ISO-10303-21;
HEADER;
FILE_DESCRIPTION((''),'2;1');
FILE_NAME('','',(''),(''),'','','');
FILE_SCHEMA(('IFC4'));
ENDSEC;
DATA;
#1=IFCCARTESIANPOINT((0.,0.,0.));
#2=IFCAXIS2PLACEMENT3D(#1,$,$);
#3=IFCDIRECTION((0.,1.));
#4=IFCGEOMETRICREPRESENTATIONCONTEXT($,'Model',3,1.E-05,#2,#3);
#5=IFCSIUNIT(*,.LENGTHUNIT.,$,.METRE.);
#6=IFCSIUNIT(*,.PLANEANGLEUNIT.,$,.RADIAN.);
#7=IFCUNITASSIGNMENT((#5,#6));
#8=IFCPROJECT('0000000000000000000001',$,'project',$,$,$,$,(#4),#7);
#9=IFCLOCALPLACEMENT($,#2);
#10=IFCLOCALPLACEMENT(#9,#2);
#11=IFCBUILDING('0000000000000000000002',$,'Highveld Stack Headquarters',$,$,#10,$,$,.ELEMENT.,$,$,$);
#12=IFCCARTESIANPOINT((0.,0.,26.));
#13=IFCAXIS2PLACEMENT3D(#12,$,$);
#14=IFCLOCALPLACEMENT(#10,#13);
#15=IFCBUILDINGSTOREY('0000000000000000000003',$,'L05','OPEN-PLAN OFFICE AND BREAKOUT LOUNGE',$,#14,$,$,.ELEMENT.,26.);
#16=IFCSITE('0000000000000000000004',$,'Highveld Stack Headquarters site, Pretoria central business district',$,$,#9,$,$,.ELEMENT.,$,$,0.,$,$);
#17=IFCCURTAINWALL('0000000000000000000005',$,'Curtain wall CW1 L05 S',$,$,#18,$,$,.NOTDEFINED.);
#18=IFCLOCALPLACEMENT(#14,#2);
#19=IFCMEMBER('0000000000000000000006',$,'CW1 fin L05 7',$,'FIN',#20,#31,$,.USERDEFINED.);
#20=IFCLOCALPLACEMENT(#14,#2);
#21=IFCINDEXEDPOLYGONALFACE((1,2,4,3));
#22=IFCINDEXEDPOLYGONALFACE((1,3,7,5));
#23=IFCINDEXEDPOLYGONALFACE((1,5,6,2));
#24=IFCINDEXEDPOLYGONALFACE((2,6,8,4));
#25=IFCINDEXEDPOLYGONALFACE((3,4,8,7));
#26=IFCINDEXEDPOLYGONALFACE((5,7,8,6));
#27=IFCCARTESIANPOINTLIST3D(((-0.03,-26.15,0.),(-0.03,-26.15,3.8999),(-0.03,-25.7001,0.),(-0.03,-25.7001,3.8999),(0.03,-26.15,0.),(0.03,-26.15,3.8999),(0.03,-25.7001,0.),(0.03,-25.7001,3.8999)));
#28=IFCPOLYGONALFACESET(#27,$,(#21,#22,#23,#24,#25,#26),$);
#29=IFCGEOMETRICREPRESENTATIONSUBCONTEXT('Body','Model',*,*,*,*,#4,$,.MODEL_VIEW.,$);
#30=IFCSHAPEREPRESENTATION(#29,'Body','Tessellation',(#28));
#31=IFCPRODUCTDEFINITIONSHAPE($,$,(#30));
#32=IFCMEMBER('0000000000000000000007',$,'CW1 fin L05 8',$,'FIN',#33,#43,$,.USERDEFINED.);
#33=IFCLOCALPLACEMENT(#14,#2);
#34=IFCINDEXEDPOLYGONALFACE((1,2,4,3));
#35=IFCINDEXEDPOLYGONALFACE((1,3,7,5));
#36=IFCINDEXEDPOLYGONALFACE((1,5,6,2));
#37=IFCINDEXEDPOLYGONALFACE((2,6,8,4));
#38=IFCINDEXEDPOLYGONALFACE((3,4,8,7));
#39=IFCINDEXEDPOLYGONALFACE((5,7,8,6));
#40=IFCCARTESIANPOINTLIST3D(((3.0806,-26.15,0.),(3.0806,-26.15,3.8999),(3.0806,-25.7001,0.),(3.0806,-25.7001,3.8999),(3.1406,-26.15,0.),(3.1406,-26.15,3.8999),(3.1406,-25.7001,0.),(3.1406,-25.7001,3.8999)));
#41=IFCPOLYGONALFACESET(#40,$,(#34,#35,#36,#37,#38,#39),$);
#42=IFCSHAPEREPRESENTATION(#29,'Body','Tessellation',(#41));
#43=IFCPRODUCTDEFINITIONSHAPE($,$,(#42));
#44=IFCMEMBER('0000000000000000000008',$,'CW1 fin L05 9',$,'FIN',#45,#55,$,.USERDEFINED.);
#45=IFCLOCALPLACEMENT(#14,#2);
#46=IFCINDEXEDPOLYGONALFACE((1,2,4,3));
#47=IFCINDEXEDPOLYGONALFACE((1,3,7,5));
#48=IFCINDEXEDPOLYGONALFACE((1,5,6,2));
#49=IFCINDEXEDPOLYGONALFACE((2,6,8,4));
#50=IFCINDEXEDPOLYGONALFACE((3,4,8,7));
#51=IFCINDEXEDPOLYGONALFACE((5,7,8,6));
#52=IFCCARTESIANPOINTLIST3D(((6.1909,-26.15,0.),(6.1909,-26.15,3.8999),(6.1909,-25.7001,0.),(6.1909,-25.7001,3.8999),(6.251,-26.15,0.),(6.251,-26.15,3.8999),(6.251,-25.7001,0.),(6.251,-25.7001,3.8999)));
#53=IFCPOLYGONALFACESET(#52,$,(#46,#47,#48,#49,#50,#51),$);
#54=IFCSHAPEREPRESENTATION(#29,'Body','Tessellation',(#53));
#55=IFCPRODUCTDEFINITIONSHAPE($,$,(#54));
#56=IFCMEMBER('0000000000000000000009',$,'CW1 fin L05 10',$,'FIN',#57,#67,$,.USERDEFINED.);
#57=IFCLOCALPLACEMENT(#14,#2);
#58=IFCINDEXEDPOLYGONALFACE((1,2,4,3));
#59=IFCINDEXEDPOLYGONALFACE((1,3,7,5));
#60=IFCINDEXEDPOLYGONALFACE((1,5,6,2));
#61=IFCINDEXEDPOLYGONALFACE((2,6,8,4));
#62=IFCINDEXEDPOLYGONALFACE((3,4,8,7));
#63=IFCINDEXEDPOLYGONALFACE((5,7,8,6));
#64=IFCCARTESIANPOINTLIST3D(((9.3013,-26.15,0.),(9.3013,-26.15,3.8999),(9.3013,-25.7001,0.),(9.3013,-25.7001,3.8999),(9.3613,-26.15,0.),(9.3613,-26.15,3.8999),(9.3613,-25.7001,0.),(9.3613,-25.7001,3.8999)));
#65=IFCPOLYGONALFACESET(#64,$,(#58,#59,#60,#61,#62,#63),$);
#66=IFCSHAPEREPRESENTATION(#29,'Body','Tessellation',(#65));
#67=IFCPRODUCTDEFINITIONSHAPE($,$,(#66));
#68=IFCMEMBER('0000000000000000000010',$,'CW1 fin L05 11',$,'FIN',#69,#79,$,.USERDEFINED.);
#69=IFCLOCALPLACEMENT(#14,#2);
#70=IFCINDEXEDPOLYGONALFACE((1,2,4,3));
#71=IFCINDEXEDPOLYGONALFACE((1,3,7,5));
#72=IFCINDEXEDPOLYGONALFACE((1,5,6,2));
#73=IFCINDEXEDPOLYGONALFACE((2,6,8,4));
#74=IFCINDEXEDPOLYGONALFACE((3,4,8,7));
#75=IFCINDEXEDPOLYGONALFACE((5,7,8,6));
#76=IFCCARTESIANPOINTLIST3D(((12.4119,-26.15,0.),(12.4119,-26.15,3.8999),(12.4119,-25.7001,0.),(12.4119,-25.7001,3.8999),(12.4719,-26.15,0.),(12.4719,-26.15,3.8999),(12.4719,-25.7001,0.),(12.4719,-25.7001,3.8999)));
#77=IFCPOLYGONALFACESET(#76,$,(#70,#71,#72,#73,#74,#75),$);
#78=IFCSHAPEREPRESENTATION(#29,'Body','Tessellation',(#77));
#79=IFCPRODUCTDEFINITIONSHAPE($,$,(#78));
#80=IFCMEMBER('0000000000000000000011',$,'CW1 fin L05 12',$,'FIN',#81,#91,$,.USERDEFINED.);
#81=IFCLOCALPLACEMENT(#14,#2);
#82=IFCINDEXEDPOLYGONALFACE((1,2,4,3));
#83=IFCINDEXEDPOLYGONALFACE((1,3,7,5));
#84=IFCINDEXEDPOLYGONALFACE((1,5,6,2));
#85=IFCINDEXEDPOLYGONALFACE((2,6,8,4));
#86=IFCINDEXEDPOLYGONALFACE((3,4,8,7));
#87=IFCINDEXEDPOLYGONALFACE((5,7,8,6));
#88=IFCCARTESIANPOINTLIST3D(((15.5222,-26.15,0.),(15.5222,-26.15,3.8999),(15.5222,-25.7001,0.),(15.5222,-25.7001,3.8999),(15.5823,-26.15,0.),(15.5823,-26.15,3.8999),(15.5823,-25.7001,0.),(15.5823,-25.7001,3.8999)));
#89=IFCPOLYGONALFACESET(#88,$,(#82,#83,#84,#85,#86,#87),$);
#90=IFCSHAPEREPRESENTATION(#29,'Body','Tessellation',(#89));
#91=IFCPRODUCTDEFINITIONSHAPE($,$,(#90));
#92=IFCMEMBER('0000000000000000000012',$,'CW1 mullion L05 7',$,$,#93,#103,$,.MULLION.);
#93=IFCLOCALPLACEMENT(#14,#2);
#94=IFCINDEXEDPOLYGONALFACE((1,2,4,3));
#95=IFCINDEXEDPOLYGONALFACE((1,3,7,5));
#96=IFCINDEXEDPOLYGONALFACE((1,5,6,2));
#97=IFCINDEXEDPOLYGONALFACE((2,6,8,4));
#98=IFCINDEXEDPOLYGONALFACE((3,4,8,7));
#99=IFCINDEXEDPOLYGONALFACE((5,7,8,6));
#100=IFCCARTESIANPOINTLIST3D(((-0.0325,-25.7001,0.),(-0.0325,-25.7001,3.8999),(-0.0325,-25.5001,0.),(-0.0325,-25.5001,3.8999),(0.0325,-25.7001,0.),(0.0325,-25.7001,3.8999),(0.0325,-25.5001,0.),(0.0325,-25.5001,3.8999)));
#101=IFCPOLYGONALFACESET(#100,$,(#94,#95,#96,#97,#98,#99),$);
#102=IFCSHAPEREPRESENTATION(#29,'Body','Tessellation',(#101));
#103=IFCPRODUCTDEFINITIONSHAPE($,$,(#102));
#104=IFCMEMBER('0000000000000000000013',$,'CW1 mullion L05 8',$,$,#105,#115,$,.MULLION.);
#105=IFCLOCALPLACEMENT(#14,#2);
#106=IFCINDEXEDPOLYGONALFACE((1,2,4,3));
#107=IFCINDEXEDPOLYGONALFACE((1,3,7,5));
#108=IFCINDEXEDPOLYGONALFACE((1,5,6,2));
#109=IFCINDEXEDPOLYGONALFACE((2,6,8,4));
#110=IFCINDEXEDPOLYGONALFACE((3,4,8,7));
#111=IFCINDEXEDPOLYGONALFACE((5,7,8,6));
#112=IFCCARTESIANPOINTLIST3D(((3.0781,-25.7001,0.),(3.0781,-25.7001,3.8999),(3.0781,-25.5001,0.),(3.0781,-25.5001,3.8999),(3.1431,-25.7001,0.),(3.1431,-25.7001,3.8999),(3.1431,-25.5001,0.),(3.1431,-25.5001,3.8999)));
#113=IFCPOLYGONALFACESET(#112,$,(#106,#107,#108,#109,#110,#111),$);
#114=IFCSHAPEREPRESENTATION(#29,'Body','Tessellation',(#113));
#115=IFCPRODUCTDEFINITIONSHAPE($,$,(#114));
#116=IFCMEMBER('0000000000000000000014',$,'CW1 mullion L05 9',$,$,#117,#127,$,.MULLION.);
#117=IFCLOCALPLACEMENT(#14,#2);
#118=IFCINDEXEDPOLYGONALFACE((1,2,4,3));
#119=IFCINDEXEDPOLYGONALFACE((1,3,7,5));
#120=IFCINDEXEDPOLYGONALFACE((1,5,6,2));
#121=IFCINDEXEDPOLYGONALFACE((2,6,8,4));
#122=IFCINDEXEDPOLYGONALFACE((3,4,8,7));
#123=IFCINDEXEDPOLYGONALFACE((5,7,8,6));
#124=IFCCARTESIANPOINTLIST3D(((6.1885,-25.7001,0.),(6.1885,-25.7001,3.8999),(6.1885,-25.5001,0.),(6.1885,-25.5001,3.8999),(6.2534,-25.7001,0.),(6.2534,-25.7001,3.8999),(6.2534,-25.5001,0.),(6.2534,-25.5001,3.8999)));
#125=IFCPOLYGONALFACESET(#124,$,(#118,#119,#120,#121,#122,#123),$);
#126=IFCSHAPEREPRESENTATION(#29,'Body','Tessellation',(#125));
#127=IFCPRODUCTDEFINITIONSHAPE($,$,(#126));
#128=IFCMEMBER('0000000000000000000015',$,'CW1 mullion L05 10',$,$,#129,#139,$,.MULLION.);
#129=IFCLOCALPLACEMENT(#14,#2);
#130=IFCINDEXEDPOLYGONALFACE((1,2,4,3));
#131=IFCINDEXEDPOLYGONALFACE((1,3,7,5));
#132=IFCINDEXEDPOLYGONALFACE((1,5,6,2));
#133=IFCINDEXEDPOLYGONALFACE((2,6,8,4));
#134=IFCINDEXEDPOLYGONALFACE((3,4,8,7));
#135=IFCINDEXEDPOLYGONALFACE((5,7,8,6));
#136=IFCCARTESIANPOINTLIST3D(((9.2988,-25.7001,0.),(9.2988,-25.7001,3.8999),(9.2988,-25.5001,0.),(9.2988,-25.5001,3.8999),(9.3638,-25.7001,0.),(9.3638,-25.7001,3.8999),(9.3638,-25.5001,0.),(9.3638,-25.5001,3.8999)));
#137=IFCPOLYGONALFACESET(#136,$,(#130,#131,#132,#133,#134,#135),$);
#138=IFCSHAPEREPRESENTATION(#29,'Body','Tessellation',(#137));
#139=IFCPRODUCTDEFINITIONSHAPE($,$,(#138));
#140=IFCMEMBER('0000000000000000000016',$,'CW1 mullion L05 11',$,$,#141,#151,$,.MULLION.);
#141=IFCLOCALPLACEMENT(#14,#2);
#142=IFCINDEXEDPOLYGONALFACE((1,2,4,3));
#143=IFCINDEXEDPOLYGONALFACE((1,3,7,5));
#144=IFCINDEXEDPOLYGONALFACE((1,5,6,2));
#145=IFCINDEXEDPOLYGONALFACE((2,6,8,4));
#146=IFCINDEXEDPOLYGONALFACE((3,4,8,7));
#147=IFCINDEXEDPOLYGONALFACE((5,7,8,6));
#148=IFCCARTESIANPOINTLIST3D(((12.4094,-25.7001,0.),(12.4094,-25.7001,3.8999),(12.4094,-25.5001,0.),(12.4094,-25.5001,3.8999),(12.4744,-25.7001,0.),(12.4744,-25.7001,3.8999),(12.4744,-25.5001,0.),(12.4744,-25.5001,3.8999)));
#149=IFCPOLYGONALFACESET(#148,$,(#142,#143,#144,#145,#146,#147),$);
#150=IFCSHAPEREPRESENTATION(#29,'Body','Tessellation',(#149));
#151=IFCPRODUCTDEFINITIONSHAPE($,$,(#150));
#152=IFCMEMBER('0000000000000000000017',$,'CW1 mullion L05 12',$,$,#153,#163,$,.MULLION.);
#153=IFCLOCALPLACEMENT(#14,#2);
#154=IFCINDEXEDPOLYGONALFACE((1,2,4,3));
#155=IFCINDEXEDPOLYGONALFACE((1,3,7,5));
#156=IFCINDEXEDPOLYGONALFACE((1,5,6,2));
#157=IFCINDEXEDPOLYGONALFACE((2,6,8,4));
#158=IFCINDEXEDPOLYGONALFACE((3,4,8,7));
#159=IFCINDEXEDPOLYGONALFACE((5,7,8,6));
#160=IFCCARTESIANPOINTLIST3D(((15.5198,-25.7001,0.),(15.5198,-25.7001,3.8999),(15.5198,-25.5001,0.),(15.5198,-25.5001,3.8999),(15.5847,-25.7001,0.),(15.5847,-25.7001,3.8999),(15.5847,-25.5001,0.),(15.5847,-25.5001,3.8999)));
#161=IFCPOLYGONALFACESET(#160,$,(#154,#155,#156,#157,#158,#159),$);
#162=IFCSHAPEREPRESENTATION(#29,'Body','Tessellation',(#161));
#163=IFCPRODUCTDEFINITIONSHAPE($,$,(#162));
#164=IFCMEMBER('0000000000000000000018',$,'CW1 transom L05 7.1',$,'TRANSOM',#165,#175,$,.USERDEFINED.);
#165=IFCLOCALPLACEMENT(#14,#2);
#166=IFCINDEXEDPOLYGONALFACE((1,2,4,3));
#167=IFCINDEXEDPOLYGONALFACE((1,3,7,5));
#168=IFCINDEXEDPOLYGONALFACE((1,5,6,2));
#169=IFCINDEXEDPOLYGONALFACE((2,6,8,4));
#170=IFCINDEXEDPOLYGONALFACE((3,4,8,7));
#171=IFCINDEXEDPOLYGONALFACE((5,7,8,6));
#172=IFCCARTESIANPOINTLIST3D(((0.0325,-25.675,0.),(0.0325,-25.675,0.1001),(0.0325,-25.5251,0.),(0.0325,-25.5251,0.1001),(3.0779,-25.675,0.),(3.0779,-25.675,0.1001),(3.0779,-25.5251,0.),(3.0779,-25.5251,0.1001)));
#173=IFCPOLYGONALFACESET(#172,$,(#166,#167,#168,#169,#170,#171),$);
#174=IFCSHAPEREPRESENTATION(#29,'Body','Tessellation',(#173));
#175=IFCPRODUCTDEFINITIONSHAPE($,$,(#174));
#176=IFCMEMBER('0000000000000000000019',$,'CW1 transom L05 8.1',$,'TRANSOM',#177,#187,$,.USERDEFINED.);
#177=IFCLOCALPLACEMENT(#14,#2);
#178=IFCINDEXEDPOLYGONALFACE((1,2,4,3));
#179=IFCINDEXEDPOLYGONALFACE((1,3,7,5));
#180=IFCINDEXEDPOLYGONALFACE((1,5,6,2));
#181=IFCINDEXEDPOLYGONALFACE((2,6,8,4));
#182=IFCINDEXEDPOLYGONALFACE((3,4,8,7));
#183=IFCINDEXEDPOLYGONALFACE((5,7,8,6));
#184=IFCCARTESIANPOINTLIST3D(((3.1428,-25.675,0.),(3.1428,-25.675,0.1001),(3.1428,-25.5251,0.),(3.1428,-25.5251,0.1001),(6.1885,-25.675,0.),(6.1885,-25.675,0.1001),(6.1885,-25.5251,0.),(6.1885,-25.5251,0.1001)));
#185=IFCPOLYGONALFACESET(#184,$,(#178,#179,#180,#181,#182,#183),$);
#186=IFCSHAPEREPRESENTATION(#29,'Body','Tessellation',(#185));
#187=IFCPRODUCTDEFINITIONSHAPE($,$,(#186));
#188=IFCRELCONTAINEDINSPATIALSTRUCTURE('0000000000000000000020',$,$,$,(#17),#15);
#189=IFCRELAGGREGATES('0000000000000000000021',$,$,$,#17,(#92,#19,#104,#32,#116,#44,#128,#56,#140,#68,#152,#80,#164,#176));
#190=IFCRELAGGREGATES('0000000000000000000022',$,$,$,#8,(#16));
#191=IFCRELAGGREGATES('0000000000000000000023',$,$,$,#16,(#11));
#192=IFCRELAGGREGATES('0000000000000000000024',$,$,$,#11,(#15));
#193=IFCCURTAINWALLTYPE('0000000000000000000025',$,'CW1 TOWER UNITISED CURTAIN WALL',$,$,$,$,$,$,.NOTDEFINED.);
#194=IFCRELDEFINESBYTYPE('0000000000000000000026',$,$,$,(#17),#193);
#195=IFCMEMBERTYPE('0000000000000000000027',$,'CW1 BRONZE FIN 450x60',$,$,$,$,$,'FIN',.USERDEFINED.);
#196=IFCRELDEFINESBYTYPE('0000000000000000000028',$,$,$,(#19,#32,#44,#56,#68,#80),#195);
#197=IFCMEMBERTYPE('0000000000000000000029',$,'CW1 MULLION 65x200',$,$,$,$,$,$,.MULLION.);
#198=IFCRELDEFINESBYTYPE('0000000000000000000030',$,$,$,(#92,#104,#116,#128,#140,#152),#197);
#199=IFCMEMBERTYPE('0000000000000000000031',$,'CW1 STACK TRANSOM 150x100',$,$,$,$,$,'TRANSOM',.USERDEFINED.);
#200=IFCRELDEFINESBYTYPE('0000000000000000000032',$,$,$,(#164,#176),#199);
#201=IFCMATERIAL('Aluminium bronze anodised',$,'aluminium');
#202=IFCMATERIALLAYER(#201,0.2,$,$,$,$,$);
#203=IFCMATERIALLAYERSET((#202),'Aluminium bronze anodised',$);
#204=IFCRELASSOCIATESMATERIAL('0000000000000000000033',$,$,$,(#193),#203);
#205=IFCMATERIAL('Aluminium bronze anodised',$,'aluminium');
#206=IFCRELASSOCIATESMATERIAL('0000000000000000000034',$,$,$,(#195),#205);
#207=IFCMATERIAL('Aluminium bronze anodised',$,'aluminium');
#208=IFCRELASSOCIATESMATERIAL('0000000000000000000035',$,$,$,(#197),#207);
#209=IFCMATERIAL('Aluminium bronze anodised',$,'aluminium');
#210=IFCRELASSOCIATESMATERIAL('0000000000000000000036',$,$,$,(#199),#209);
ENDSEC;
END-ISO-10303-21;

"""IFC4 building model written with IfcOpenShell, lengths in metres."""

from ifc_helpers import new_model, si_unit, direction, frame, origin, origin_2d, place, context, subcontext, project, spatial, rectangle, extrude, material, layer, layer_set, material_profile, profile_set, type_object, element, aggregate, save


model = new_model("IFC4")

# Units and contexts
model_context = context("Model", 3, precision=1e-05, world=origin(), true_north=direction((0.0, 1.0)))
body_context = subcontext(model_context, "Body", "Model", "MODEL_VIEW")
ifc_project = project(units=[si_unit("LENGTHUNIT", "METRE"), si_unit("PLANEANGLEUNIT", "RADIAN")], contexts=[model_context])

# Site, building, storey
site_placement = place(None, origin())
site = spatial("IfcSite", under=ifc_project, at=site_placement, Name="Highveld Stack Headquarters site, Pretoria central business district", CompositionType="ELEMENT", RefElevation=0.0)
building_placement = place(site_placement, origin())
building = spatial("IfcBuilding", under=site, at=building_placement, Name="Highveld Stack Headquarters", CompositionType="ELEMENT")
storey_placement = place(building_placement, frame((0.0, 0.0, 26.0)))
storey = spatial("IfcBuildingStorey", under=building, at=storey_placement, Name="L05", Description="OPEN-PLAN OFFICE AND BREAKOUT LOUNGE", CompositionType="ELEMENT", Elevation=26.0)

# Curtain wall, members
ifc_material_1 = material(Name="Aluminium bronze anodised", Category="aluminium")
ifc_layer_1 = layer(ifc_material_1, 0.2)
ifc_layer_set_1 = layer_set([ifc_layer_1], Name="Aluminium bronze anodised")
curtain_wall_type = type_object("IfcCurtainWallType", Name="CW1 TOWER UNITISED CURTAIN WALL", PredefinedType="NOTDEFINED", material=ifc_layer_set_1)
curtain_wall_placement = place(storey_placement, origin())
curtain_wall = element("IfcCurtainWall", 1, at=curtain_wall_placement, inside=storey, type_object=curtain_wall_type, Name="Curtain wall CW1 L05 S", PredefinedType="NOTDEFINED")
ifc_material_2 = material(Name="Aluminium bronze anodised", Category="aluminium")
ifc_material_profile_1 = material_profile(ifc_material_2, rectangle(XDim=0.45, YDim=0.0601, at=origin_2d()), Name="FIN 450x60")
ifc_profile_set_1 = profile_set([ifc_material_profile_1], Name="Aluminium bronze anodised")
member_type_1 = type_object("IfcMemberType", Name="CW1 BRONZE FIN 450x60", ElementType="FIN", PredefinedType="USERDEFINED", material=ifc_profile_set_1)
member_1_placement = place(storey_placement, frame((0.0, -25.925, 0.0), z_axis=(0.0, 0.0, 1.0), x_axis=(0.0, 1.0, 0.0)))
member_1 = element("IfcMember", 2, at=member_1_placement, type_object=member_type_1, Name="CW1 fin L05 7", ObjectType="FIN", PredefinedType="USERDEFINED", context=body_context, shape_type="SweptSolid", body=[
    extrude(rectangle(XDim=0.45, YDim=0.0601, at=origin_2d()), origin(), (0.0, 0.0, 1.0), 3.8999),
])
member_2_placement = place(storey_placement, frame((3.1106, -25.925, 0.0), z_axis=(0.0, 0.0, 1.0), x_axis=(0.0, 1.0, 0.0)))
member_2 = element("IfcMember", 3, at=member_2_placement, type_object=member_type_1, Name="CW1 fin L05 8", ObjectType="FIN", PredefinedType="USERDEFINED", context=body_context, shape_type="SweptSolid", body=[
    extrude(rectangle(XDim=0.45, YDim=0.0601, at=origin_2d()), origin(), (0.0, 0.0, 1.0), 3.8999),
])
member_3_placement = place(storey_placement, frame((6.2209, -25.925, 0.0), z_axis=(0.0, 0.0, 1.0), x_axis=(0.0, 1.0, 0.0)))
member_3 = element("IfcMember", 4, at=member_3_placement, type_object=member_type_1, Name="CW1 fin L05 9", ObjectType="FIN", PredefinedType="USERDEFINED", context=body_context, shape_type="SweptSolid", body=[
    extrude(rectangle(XDim=0.45, YDim=0.0601, at=origin_2d()), origin(), (0.0, 0.0, 1.0), 3.8999),
])
member_4_placement = place(storey_placement, frame((9.3313, -25.925, 0.0), z_axis=(0.0, 0.0, 1.0), x_axis=(0.0, 1.0, 0.0)))
member_4 = element("IfcMember", 5, at=member_4_placement, type_object=member_type_1, Name="CW1 fin L05 10", ObjectType="FIN", PredefinedType="USERDEFINED", context=body_context, shape_type="SweptSolid", body=[
    extrude(rectangle(XDim=0.45, YDim=0.0601, at=origin_2d()), origin(), (0.0, 0.0, 1.0), 3.8999),
])
member_5_placement = place(storey_placement, frame((12.4419, -25.925, 0.0), z_axis=(0.0, 0.0, 1.0), x_axis=(0.0, 1.0, 0.0)))
member_5 = element("IfcMember", 6, at=member_5_placement, type_object=member_type_1, Name="CW1 fin L05 11", ObjectType="FIN", PredefinedType="USERDEFINED", context=body_context, shape_type="SweptSolid", body=[
    extrude(rectangle(XDim=0.45, YDim=0.0601, at=origin_2d()), origin(), (0.0, 0.0, 1.0), 3.8999),
])
member_6_placement = place(storey_placement, frame((15.5522, -25.925, 0.0), z_axis=(0.0, 0.0, 1.0), x_axis=(0.0, 1.0, 0.0)))
member_6 = element("IfcMember", 7, at=member_6_placement, type_object=member_type_1, Name="CW1 fin L05 12", ObjectType="FIN", PredefinedType="USERDEFINED", context=body_context, shape_type="SweptSolid", body=[
    extrude(rectangle(XDim=0.45, YDim=0.0601, at=origin_2d()), origin(), (0.0, 0.0, 1.0), 3.8999),
])
ifc_material_3 = material(Name="Aluminium bronze anodised", Category="aluminium")
ifc_material_profile_2 = material_profile(ifc_material_3, rectangle(XDim=0.2, YDim=0.0649, at=origin_2d()), Name="CW1 MULLION 65x200")
ifc_profile_set_2 = profile_set([ifc_material_profile_2], Name="Aluminium bronze anodised")
member_type_2 = type_object("IfcMemberType", Name="CW1 MULLION 65x200", PredefinedType="MULLION", material=ifc_profile_set_2)
member_7_placement = place(storey_placement, frame((0.0, -25.6001, 0.0), z_axis=(0.0, 0.0, 1.0), x_axis=(0.0, 1.0, 0.0)))
member_7 = element("IfcMember", 8, at=member_7_placement, type_object=member_type_2, Name="CW1 mullion L05 7", PredefinedType="MULLION", context=body_context, shape_type="SweptSolid", body=[
    extrude(rectangle(XDim=0.2, YDim=0.0649, at=origin_2d()), origin(), (0.0, 0.0, 1.0), 3.8999),
])
member_8_placement = place(storey_placement, frame((3.1106, -25.6001, 0.0), z_axis=(0.0, 0.0, 1.0), x_axis=(0.0, 1.0, 0.0)))
member_8 = element("IfcMember", 9, at=member_8_placement, type_object=member_type_2, Name="CW1 mullion L05 8", PredefinedType="MULLION", context=body_context, shape_type="SweptSolid", body=[
    extrude(rectangle(XDim=0.2, YDim=0.0649, at=origin_2d()), origin(), (0.0, 0.0, 1.0), 3.8999),
])
member_9_placement = place(storey_placement, frame((6.2209, -25.6001, 0.0), z_axis=(0.0, 0.0, 1.0), x_axis=(0.0, 1.0, 0.0)))
member_9 = element("IfcMember", 10, at=member_9_placement, type_object=member_type_2, Name="CW1 mullion L05 9", PredefinedType="MULLION", context=body_context, shape_type="SweptSolid", body=[
    extrude(rectangle(XDim=0.2, YDim=0.0649, at=origin_2d()), origin(), (0.0, 0.0, 1.0), 3.8999),
])
member_10_placement = place(storey_placement, frame((9.3313, -25.6001, 0.0), z_axis=(0.0, 0.0, 1.0), x_axis=(0.0, 1.0, 0.0)))
member_10 = element("IfcMember", 11, at=member_10_placement, type_object=member_type_2, Name="CW1 mullion L05 10", PredefinedType="MULLION", context=body_context, shape_type="SweptSolid", body=[
    extrude(rectangle(XDim=0.2, YDim=0.0649, at=origin_2d()), origin(), (0.0, 0.0, 1.0), 3.8999),
])
member_11_placement = place(storey_placement, frame((12.4419, -25.6001, 0.0), z_axis=(0.0, 0.0, 1.0), x_axis=(0.0, 1.0, 0.0)))
member_11 = element("IfcMember", 12, at=member_11_placement, type_object=member_type_2, Name="CW1 mullion L05 11", PredefinedType="MULLION", context=body_context, shape_type="SweptSolid", body=[
    extrude(rectangle(XDim=0.2, YDim=0.0649, at=origin_2d()), origin(), (0.0, 0.0, 1.0), 3.8999),
])
member_12_placement = place(storey_placement, frame((15.5522, -25.6001, 0.0), z_axis=(0.0, 0.0, 1.0), x_axis=(0.0, 1.0, 0.0)))
member_12 = element("IfcMember", 13, at=member_12_placement, type_object=member_type_2, Name="CW1 mullion L05 12", PredefinedType="MULLION", context=body_context, shape_type="SweptSolid", body=[
    extrude(rectangle(XDim=0.2, YDim=0.0649, at=origin_2d()), origin(), (0.0, 0.0, 1.0), 3.8999),
])
ifc_material_4 = material(Name="Aluminium bronze anodised", Category="aluminium")
ifc_material_profile_3 = material_profile(ifc_material_4, rectangle(XDim=0.1499, YDim=0.1001, at=origin_2d()), Name="CW1 TRANSOM 150x100")
ifc_profile_set_3 = profile_set([ifc_material_profile_3], Name="Aluminium bronze anodised")
member_type_3 = type_object("IfcMemberType", Name="CW1 STACK TRANSOM 150x100", ElementType="TRANSOM", PredefinedType="USERDEFINED", material=ifc_profile_set_3)
member_13_placement = place(storey_placement, frame((0.0325, -25.6001, 0.05), z_axis=(1.0, 0.0, 0.0), x_axis=(0.0, 1.0, 0.0)))
member_13 = element("IfcMember", 14, at=member_13_placement, type_object=member_type_3, Name="CW1 transom L05 7.1", ObjectType="TRANSOM", PredefinedType="USERDEFINED", context=body_context, shape_type="SweptSolid", body=[
    extrude(rectangle(XDim=0.1499, YDim=0.1001, at=origin_2d()), origin(), (0.0, 0.0, 1.0), 3.0454),
])
member_14_placement = place(storey_placement, frame((3.1428, -25.6001, 0.05), z_axis=(1.0, 0.0, 0.0), x_axis=(0.0, 1.0, 0.0)))
member_14 = element("IfcMember", 15, at=member_14_placement, type_object=member_type_3, Name="CW1 transom L05 8.1", ObjectType="TRANSOM", PredefinedType="USERDEFINED", context=body_context, shape_type="SweptSolid", body=[
    extrude(rectangle(XDim=0.1499, YDim=0.1001, at=origin_2d()), origin(), (0.0, 0.0, 1.0), 3.0457),
])
aggregate(curtain_wall, [member_7, member_1, member_8, member_2, member_9, member_3, member_10, member_4, member_11, member_5, member_12, member_6, member_13, member_14])

save(model, "model.ifc")
